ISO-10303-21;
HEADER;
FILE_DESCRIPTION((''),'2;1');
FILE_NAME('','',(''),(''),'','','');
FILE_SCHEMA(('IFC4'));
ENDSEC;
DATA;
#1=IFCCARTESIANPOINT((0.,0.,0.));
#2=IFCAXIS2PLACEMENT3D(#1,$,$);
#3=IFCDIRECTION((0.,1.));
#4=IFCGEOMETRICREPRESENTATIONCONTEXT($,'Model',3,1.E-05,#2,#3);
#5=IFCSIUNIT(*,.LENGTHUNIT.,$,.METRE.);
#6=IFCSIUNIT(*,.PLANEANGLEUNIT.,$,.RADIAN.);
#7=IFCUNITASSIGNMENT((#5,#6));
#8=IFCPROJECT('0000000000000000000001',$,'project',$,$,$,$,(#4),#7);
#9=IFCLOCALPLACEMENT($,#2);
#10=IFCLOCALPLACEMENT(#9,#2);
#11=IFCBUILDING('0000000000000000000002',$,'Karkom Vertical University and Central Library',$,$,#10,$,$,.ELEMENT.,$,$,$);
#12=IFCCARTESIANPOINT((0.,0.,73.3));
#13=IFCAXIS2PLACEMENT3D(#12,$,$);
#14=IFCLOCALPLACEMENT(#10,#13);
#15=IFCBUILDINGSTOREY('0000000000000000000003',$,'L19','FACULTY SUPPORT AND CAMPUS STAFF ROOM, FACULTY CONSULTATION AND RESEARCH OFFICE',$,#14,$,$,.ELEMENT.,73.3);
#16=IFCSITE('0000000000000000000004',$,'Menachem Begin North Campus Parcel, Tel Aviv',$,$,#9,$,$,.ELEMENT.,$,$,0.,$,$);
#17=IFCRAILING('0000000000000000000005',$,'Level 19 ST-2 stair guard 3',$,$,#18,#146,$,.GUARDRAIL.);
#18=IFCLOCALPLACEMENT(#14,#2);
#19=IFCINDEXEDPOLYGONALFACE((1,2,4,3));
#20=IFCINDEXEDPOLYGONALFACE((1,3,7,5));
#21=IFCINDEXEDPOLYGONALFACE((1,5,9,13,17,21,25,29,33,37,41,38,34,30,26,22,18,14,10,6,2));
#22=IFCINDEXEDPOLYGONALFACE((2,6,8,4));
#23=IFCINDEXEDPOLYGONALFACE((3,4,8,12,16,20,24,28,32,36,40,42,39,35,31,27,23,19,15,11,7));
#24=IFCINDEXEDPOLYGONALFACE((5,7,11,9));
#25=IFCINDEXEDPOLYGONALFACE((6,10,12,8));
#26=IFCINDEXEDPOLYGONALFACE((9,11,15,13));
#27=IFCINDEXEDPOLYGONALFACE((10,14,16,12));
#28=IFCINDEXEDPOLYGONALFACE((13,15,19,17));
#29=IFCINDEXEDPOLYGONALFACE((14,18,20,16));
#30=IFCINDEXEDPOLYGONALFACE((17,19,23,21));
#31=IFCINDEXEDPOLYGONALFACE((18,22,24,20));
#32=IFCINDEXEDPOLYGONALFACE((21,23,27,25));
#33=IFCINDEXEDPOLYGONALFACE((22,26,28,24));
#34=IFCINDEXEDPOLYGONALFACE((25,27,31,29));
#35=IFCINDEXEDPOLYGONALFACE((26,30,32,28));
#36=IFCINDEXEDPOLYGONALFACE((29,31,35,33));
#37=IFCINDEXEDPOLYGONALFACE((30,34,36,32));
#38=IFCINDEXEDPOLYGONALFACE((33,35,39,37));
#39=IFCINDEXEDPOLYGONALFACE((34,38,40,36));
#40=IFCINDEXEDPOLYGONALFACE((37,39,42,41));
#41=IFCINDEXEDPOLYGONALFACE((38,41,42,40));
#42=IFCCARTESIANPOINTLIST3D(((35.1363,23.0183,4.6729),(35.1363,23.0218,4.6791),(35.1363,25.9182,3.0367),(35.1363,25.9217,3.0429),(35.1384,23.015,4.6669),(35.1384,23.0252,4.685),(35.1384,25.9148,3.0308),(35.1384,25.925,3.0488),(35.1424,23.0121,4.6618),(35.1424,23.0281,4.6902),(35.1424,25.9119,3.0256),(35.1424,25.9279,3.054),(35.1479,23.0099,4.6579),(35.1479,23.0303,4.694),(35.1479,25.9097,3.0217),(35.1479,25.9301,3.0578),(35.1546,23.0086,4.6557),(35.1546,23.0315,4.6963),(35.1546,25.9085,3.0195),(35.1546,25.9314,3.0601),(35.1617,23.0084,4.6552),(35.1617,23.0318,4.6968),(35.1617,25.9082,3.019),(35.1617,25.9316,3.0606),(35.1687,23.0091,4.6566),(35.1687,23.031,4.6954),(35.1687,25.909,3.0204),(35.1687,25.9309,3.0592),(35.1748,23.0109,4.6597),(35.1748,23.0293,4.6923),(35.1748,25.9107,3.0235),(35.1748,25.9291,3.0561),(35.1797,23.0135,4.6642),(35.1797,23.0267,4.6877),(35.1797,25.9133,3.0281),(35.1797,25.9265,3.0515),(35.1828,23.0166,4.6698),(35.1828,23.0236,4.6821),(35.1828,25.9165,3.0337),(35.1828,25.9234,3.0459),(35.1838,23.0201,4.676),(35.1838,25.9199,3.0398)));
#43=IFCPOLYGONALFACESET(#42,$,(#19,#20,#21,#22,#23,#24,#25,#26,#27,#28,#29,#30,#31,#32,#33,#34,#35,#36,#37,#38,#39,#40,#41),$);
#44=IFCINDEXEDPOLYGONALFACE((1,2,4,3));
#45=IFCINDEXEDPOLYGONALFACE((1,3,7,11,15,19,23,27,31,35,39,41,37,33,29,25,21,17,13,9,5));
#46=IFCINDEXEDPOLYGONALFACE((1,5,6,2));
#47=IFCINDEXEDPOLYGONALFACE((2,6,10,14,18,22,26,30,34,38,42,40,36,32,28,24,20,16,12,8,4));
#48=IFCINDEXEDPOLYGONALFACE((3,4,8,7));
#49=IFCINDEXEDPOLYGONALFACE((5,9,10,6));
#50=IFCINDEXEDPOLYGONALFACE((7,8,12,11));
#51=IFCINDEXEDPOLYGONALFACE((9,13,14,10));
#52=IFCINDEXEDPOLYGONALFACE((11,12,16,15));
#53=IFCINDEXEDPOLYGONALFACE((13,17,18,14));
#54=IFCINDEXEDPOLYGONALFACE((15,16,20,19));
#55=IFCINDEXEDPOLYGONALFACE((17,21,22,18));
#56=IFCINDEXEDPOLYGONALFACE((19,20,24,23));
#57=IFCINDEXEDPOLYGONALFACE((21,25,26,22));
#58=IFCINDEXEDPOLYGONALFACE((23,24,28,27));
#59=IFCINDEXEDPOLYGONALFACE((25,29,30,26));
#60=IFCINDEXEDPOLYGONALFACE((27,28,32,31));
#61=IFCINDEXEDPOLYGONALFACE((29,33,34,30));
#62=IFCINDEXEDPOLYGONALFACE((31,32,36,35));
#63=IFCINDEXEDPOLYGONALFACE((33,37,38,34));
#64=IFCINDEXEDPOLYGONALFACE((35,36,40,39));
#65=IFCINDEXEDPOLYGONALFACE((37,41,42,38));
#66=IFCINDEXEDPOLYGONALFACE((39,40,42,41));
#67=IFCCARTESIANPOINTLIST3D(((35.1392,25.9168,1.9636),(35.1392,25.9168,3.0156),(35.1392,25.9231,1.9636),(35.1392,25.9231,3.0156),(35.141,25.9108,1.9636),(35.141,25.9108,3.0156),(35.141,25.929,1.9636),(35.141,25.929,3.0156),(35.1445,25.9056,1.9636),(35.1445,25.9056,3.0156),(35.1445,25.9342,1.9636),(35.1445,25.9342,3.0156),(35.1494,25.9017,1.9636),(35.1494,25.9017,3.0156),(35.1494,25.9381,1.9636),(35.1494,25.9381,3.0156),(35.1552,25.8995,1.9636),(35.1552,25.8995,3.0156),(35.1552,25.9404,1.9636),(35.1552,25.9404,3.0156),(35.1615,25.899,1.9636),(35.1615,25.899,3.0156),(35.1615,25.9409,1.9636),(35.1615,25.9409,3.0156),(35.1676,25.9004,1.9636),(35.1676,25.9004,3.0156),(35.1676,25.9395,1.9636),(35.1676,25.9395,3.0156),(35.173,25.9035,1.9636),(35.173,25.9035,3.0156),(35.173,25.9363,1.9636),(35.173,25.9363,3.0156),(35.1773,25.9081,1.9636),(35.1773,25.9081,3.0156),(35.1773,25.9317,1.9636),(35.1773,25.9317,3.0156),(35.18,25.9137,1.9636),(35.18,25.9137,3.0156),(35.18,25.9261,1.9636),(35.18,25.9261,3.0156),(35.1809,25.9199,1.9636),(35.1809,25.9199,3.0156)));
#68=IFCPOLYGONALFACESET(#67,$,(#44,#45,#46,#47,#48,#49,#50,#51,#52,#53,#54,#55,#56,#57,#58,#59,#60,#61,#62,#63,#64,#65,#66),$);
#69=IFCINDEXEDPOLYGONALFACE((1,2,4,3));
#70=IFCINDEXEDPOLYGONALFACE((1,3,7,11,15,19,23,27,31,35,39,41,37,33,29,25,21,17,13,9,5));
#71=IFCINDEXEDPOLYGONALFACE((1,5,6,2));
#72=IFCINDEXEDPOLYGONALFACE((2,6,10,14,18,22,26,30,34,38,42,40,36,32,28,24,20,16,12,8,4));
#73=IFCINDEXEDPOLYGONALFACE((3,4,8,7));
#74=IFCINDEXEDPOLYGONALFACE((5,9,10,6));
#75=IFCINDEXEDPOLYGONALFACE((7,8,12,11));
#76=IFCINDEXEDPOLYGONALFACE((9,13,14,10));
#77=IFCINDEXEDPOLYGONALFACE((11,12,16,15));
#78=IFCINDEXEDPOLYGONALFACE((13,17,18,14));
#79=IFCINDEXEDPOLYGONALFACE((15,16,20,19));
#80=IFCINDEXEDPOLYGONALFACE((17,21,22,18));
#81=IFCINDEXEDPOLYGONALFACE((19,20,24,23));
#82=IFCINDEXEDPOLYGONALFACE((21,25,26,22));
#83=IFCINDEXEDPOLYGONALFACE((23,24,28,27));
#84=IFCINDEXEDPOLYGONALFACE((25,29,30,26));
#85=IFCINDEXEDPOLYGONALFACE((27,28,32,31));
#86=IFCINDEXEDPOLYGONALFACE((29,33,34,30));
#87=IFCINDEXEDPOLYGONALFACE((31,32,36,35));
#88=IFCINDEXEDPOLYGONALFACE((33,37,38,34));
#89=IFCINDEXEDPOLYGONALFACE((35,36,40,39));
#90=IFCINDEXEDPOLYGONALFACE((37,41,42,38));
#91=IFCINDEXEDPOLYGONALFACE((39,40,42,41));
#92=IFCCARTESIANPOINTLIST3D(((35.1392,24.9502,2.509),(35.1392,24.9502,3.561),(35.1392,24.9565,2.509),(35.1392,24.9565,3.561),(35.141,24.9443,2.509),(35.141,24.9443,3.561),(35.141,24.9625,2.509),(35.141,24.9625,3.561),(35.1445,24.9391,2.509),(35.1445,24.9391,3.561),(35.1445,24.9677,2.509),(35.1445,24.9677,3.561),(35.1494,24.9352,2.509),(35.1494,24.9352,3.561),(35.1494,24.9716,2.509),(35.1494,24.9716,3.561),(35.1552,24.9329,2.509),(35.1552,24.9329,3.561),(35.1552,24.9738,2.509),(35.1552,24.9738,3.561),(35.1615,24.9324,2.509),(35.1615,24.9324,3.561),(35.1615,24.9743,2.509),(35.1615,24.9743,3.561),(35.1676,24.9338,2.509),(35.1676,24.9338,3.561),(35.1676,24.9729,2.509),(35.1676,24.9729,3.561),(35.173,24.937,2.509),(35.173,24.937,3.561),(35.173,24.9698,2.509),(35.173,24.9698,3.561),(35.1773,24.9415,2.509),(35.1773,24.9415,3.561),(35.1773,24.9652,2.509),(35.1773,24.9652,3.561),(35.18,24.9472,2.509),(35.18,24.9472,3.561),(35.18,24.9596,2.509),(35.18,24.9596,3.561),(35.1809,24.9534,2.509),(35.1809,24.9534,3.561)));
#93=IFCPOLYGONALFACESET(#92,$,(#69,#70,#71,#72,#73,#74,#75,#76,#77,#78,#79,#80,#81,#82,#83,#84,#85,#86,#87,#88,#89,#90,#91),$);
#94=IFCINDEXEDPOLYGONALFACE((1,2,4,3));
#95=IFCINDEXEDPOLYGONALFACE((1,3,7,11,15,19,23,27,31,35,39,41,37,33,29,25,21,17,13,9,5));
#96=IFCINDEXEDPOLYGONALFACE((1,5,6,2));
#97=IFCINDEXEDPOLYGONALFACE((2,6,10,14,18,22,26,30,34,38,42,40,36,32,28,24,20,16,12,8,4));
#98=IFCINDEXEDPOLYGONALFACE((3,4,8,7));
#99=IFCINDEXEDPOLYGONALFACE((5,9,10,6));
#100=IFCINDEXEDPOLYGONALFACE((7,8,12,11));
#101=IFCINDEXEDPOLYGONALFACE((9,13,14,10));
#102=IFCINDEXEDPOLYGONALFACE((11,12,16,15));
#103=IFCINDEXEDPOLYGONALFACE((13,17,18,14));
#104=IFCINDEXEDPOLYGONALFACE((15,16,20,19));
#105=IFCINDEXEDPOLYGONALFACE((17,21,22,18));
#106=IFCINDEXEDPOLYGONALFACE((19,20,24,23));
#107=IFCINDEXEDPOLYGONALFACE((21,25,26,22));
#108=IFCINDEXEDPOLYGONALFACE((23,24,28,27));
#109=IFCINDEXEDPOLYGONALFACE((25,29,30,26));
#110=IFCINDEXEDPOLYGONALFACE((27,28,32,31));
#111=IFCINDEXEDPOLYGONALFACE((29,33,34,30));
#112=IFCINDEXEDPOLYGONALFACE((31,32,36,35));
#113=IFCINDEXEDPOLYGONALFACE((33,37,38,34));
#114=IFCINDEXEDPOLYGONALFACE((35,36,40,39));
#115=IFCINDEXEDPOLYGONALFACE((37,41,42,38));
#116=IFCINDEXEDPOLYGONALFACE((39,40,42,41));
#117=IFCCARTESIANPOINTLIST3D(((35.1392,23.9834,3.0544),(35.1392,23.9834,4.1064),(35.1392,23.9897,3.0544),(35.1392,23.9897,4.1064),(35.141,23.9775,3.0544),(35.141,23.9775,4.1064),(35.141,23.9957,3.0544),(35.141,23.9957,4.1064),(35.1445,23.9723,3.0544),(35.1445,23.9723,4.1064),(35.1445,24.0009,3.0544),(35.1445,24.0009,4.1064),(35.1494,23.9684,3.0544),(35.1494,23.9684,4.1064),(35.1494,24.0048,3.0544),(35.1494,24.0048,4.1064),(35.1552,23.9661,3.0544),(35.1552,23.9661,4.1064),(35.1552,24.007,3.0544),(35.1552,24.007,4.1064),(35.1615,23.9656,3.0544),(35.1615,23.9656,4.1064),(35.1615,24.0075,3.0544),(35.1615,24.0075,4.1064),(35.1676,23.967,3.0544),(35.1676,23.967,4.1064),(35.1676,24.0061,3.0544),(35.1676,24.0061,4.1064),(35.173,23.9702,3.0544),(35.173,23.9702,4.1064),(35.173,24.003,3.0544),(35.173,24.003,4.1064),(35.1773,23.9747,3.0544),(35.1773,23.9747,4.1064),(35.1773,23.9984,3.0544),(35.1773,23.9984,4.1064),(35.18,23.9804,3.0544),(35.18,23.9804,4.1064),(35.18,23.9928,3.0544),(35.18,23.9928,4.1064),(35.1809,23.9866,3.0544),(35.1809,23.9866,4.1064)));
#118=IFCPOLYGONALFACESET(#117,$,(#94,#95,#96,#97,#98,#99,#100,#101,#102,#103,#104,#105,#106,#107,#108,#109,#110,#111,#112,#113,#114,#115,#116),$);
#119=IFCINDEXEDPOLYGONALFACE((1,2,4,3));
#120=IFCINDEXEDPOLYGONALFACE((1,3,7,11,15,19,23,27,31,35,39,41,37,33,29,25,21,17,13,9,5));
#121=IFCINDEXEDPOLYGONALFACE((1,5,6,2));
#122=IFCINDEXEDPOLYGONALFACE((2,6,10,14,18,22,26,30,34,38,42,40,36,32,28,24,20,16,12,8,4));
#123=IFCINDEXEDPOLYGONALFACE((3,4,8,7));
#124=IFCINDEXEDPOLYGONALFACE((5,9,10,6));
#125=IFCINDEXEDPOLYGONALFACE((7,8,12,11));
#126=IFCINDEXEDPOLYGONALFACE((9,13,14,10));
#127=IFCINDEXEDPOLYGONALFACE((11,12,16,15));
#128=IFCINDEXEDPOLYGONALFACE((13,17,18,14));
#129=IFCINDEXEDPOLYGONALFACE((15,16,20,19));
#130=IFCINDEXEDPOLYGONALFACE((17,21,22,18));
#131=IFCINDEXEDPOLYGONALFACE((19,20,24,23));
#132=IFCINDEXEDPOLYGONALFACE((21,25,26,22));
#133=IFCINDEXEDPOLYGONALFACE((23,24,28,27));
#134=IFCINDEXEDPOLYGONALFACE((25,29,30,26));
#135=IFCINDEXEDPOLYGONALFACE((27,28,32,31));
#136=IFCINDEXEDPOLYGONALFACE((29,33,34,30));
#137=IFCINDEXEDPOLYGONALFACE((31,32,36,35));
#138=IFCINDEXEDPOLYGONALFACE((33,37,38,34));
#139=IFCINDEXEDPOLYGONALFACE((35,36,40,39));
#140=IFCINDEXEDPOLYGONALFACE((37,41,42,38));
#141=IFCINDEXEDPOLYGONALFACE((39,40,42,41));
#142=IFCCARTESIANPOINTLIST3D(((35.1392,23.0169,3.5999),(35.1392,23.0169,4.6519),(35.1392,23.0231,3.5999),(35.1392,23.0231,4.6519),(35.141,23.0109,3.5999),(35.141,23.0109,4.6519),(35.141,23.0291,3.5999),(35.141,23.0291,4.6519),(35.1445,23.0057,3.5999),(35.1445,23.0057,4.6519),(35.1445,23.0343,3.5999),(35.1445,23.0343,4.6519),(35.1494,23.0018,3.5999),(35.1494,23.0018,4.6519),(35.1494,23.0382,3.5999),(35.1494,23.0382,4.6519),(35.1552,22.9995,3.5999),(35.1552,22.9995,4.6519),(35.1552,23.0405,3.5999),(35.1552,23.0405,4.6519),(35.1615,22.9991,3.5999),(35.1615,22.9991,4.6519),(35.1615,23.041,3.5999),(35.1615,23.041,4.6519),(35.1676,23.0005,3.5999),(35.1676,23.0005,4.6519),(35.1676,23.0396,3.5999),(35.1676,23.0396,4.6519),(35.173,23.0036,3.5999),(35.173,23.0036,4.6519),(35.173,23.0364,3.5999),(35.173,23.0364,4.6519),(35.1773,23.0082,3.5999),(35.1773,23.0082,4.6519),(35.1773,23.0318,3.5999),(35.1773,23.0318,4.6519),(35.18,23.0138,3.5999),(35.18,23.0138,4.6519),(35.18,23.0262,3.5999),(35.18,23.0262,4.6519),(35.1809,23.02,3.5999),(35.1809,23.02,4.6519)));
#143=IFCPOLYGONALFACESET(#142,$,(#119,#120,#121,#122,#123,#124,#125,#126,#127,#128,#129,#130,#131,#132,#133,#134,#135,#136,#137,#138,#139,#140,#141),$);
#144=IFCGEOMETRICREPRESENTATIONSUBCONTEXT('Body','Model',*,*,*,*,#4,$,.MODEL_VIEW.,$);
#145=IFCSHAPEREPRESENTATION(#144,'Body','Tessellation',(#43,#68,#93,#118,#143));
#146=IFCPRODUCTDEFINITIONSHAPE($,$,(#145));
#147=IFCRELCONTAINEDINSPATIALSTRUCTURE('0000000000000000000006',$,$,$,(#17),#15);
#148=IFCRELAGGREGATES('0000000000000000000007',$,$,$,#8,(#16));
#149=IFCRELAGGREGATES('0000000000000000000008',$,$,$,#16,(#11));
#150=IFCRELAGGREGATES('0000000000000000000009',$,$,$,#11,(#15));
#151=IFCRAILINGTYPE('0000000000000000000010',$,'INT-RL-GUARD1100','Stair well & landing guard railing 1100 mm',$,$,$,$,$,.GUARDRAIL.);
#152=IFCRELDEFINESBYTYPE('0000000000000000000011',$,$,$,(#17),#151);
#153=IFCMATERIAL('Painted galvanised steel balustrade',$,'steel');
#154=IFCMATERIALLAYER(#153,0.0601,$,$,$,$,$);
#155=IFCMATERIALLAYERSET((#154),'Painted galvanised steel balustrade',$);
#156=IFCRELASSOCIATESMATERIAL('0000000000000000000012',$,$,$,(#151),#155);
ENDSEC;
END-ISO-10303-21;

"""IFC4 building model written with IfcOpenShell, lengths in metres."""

from ifc_helpers import new_model, si_unit, direction, frame, origin, origin_2d, place, context, subcontext, project, spatial, circle, extrude, material, layer, layer_set, type_object, element, save


model = new_model("IFC4")

# Units and contexts
model_context = context("Model", 3, precision=1e-05, world=origin(), true_north=direction((0.0, 1.0)))
body_context = subcontext(model_context, "Body", "Model", "MODEL_VIEW")
ifc_project = project(units=[si_unit("LENGTHUNIT", "METRE"), si_unit("PLANEANGLEUNIT", "RADIAN")], contexts=[model_context])

# Site, building, storey
site_placement = place(None, origin())
site = spatial("IfcSite", under=ifc_project, at=site_placement, Name="Menachem Begin North Campus Parcel, Tel Aviv", CompositionType="ELEMENT", RefElevation=0.0)
building_placement = place(site_placement, origin())
building = spatial("IfcBuilding", under=site, at=building_placement, Name="Karkom Vertical University and Central Library", CompositionType="ELEMENT")
storey_placement = place(building_placement, frame((0.0, 0.0, 73.3)))
storey = spatial("IfcBuildingStorey", under=building, at=storey_placement, Name="L19", Description="FACULTY SUPPORT AND CAMPUS STAFF ROOM, FACULTY CONSULTATION AND RESEARCH OFFICE", CompositionType="ELEMENT", Elevation=73.3)

# Railing
ifc_material_1 = material(Name="Painted galvanised steel balustrade", Category="steel")
ifc_layer_1 = layer(ifc_material_1, 0.0601)
ifc_layer_set_1 = layer_set([ifc_layer_1], Name="Painted galvanised steel balustrade")
railing_type = type_object("IfcRailingType", Name="INT-RL-GUARD1100", Description="Stair well & landing guard railing 1100 mm", PredefinedType="GUARDRAIL", material=ifc_layer_set_1)
railing_1_placement = place(storey_placement, frame((35.1599, 25.9199, 1.9636)))
element("IfcRailing", 1, at=railing_1_placement, inside=storey, type_object=railing_type, Name="Level 19 ST-2 stair guard 3", PredefinedType="GUARDRAIL", context=body_context, shape_type="SweptSolid", body=[
    extrude(circle(Radius=0.0239, at=origin_2d()), frame((0.0, 0.0, 1.0762), z_axis=(0.0, -0.870929, 0.49141), x_axis=(1.0, 0.0, 0.0)), (0.0, 0.0, 1.0), 3.3296),
    extrude(circle(Radius=0.021, at=origin_2d()), origin(), (0.0, 0.0, 1.0), 1.052),
    extrude(circle(Radius=0.021, at=origin_2d()), frame((0.0, -0.9666, 0.5454)), (0.0, 0.0, 1.0), 1.052),
    extrude(circle(Radius=0.021, at=origin_2d()), frame((0.0, -1.9333, 1.0908)), (0.0, 0.0, 1.0), 1.052),
    extrude(circle(Radius=0.021, at=origin_2d()), frame((0.0, -2.8999, 1.6362)), (0.0, 0.0, 1.0), 1.052),
])

save(model, "model.ifc")
